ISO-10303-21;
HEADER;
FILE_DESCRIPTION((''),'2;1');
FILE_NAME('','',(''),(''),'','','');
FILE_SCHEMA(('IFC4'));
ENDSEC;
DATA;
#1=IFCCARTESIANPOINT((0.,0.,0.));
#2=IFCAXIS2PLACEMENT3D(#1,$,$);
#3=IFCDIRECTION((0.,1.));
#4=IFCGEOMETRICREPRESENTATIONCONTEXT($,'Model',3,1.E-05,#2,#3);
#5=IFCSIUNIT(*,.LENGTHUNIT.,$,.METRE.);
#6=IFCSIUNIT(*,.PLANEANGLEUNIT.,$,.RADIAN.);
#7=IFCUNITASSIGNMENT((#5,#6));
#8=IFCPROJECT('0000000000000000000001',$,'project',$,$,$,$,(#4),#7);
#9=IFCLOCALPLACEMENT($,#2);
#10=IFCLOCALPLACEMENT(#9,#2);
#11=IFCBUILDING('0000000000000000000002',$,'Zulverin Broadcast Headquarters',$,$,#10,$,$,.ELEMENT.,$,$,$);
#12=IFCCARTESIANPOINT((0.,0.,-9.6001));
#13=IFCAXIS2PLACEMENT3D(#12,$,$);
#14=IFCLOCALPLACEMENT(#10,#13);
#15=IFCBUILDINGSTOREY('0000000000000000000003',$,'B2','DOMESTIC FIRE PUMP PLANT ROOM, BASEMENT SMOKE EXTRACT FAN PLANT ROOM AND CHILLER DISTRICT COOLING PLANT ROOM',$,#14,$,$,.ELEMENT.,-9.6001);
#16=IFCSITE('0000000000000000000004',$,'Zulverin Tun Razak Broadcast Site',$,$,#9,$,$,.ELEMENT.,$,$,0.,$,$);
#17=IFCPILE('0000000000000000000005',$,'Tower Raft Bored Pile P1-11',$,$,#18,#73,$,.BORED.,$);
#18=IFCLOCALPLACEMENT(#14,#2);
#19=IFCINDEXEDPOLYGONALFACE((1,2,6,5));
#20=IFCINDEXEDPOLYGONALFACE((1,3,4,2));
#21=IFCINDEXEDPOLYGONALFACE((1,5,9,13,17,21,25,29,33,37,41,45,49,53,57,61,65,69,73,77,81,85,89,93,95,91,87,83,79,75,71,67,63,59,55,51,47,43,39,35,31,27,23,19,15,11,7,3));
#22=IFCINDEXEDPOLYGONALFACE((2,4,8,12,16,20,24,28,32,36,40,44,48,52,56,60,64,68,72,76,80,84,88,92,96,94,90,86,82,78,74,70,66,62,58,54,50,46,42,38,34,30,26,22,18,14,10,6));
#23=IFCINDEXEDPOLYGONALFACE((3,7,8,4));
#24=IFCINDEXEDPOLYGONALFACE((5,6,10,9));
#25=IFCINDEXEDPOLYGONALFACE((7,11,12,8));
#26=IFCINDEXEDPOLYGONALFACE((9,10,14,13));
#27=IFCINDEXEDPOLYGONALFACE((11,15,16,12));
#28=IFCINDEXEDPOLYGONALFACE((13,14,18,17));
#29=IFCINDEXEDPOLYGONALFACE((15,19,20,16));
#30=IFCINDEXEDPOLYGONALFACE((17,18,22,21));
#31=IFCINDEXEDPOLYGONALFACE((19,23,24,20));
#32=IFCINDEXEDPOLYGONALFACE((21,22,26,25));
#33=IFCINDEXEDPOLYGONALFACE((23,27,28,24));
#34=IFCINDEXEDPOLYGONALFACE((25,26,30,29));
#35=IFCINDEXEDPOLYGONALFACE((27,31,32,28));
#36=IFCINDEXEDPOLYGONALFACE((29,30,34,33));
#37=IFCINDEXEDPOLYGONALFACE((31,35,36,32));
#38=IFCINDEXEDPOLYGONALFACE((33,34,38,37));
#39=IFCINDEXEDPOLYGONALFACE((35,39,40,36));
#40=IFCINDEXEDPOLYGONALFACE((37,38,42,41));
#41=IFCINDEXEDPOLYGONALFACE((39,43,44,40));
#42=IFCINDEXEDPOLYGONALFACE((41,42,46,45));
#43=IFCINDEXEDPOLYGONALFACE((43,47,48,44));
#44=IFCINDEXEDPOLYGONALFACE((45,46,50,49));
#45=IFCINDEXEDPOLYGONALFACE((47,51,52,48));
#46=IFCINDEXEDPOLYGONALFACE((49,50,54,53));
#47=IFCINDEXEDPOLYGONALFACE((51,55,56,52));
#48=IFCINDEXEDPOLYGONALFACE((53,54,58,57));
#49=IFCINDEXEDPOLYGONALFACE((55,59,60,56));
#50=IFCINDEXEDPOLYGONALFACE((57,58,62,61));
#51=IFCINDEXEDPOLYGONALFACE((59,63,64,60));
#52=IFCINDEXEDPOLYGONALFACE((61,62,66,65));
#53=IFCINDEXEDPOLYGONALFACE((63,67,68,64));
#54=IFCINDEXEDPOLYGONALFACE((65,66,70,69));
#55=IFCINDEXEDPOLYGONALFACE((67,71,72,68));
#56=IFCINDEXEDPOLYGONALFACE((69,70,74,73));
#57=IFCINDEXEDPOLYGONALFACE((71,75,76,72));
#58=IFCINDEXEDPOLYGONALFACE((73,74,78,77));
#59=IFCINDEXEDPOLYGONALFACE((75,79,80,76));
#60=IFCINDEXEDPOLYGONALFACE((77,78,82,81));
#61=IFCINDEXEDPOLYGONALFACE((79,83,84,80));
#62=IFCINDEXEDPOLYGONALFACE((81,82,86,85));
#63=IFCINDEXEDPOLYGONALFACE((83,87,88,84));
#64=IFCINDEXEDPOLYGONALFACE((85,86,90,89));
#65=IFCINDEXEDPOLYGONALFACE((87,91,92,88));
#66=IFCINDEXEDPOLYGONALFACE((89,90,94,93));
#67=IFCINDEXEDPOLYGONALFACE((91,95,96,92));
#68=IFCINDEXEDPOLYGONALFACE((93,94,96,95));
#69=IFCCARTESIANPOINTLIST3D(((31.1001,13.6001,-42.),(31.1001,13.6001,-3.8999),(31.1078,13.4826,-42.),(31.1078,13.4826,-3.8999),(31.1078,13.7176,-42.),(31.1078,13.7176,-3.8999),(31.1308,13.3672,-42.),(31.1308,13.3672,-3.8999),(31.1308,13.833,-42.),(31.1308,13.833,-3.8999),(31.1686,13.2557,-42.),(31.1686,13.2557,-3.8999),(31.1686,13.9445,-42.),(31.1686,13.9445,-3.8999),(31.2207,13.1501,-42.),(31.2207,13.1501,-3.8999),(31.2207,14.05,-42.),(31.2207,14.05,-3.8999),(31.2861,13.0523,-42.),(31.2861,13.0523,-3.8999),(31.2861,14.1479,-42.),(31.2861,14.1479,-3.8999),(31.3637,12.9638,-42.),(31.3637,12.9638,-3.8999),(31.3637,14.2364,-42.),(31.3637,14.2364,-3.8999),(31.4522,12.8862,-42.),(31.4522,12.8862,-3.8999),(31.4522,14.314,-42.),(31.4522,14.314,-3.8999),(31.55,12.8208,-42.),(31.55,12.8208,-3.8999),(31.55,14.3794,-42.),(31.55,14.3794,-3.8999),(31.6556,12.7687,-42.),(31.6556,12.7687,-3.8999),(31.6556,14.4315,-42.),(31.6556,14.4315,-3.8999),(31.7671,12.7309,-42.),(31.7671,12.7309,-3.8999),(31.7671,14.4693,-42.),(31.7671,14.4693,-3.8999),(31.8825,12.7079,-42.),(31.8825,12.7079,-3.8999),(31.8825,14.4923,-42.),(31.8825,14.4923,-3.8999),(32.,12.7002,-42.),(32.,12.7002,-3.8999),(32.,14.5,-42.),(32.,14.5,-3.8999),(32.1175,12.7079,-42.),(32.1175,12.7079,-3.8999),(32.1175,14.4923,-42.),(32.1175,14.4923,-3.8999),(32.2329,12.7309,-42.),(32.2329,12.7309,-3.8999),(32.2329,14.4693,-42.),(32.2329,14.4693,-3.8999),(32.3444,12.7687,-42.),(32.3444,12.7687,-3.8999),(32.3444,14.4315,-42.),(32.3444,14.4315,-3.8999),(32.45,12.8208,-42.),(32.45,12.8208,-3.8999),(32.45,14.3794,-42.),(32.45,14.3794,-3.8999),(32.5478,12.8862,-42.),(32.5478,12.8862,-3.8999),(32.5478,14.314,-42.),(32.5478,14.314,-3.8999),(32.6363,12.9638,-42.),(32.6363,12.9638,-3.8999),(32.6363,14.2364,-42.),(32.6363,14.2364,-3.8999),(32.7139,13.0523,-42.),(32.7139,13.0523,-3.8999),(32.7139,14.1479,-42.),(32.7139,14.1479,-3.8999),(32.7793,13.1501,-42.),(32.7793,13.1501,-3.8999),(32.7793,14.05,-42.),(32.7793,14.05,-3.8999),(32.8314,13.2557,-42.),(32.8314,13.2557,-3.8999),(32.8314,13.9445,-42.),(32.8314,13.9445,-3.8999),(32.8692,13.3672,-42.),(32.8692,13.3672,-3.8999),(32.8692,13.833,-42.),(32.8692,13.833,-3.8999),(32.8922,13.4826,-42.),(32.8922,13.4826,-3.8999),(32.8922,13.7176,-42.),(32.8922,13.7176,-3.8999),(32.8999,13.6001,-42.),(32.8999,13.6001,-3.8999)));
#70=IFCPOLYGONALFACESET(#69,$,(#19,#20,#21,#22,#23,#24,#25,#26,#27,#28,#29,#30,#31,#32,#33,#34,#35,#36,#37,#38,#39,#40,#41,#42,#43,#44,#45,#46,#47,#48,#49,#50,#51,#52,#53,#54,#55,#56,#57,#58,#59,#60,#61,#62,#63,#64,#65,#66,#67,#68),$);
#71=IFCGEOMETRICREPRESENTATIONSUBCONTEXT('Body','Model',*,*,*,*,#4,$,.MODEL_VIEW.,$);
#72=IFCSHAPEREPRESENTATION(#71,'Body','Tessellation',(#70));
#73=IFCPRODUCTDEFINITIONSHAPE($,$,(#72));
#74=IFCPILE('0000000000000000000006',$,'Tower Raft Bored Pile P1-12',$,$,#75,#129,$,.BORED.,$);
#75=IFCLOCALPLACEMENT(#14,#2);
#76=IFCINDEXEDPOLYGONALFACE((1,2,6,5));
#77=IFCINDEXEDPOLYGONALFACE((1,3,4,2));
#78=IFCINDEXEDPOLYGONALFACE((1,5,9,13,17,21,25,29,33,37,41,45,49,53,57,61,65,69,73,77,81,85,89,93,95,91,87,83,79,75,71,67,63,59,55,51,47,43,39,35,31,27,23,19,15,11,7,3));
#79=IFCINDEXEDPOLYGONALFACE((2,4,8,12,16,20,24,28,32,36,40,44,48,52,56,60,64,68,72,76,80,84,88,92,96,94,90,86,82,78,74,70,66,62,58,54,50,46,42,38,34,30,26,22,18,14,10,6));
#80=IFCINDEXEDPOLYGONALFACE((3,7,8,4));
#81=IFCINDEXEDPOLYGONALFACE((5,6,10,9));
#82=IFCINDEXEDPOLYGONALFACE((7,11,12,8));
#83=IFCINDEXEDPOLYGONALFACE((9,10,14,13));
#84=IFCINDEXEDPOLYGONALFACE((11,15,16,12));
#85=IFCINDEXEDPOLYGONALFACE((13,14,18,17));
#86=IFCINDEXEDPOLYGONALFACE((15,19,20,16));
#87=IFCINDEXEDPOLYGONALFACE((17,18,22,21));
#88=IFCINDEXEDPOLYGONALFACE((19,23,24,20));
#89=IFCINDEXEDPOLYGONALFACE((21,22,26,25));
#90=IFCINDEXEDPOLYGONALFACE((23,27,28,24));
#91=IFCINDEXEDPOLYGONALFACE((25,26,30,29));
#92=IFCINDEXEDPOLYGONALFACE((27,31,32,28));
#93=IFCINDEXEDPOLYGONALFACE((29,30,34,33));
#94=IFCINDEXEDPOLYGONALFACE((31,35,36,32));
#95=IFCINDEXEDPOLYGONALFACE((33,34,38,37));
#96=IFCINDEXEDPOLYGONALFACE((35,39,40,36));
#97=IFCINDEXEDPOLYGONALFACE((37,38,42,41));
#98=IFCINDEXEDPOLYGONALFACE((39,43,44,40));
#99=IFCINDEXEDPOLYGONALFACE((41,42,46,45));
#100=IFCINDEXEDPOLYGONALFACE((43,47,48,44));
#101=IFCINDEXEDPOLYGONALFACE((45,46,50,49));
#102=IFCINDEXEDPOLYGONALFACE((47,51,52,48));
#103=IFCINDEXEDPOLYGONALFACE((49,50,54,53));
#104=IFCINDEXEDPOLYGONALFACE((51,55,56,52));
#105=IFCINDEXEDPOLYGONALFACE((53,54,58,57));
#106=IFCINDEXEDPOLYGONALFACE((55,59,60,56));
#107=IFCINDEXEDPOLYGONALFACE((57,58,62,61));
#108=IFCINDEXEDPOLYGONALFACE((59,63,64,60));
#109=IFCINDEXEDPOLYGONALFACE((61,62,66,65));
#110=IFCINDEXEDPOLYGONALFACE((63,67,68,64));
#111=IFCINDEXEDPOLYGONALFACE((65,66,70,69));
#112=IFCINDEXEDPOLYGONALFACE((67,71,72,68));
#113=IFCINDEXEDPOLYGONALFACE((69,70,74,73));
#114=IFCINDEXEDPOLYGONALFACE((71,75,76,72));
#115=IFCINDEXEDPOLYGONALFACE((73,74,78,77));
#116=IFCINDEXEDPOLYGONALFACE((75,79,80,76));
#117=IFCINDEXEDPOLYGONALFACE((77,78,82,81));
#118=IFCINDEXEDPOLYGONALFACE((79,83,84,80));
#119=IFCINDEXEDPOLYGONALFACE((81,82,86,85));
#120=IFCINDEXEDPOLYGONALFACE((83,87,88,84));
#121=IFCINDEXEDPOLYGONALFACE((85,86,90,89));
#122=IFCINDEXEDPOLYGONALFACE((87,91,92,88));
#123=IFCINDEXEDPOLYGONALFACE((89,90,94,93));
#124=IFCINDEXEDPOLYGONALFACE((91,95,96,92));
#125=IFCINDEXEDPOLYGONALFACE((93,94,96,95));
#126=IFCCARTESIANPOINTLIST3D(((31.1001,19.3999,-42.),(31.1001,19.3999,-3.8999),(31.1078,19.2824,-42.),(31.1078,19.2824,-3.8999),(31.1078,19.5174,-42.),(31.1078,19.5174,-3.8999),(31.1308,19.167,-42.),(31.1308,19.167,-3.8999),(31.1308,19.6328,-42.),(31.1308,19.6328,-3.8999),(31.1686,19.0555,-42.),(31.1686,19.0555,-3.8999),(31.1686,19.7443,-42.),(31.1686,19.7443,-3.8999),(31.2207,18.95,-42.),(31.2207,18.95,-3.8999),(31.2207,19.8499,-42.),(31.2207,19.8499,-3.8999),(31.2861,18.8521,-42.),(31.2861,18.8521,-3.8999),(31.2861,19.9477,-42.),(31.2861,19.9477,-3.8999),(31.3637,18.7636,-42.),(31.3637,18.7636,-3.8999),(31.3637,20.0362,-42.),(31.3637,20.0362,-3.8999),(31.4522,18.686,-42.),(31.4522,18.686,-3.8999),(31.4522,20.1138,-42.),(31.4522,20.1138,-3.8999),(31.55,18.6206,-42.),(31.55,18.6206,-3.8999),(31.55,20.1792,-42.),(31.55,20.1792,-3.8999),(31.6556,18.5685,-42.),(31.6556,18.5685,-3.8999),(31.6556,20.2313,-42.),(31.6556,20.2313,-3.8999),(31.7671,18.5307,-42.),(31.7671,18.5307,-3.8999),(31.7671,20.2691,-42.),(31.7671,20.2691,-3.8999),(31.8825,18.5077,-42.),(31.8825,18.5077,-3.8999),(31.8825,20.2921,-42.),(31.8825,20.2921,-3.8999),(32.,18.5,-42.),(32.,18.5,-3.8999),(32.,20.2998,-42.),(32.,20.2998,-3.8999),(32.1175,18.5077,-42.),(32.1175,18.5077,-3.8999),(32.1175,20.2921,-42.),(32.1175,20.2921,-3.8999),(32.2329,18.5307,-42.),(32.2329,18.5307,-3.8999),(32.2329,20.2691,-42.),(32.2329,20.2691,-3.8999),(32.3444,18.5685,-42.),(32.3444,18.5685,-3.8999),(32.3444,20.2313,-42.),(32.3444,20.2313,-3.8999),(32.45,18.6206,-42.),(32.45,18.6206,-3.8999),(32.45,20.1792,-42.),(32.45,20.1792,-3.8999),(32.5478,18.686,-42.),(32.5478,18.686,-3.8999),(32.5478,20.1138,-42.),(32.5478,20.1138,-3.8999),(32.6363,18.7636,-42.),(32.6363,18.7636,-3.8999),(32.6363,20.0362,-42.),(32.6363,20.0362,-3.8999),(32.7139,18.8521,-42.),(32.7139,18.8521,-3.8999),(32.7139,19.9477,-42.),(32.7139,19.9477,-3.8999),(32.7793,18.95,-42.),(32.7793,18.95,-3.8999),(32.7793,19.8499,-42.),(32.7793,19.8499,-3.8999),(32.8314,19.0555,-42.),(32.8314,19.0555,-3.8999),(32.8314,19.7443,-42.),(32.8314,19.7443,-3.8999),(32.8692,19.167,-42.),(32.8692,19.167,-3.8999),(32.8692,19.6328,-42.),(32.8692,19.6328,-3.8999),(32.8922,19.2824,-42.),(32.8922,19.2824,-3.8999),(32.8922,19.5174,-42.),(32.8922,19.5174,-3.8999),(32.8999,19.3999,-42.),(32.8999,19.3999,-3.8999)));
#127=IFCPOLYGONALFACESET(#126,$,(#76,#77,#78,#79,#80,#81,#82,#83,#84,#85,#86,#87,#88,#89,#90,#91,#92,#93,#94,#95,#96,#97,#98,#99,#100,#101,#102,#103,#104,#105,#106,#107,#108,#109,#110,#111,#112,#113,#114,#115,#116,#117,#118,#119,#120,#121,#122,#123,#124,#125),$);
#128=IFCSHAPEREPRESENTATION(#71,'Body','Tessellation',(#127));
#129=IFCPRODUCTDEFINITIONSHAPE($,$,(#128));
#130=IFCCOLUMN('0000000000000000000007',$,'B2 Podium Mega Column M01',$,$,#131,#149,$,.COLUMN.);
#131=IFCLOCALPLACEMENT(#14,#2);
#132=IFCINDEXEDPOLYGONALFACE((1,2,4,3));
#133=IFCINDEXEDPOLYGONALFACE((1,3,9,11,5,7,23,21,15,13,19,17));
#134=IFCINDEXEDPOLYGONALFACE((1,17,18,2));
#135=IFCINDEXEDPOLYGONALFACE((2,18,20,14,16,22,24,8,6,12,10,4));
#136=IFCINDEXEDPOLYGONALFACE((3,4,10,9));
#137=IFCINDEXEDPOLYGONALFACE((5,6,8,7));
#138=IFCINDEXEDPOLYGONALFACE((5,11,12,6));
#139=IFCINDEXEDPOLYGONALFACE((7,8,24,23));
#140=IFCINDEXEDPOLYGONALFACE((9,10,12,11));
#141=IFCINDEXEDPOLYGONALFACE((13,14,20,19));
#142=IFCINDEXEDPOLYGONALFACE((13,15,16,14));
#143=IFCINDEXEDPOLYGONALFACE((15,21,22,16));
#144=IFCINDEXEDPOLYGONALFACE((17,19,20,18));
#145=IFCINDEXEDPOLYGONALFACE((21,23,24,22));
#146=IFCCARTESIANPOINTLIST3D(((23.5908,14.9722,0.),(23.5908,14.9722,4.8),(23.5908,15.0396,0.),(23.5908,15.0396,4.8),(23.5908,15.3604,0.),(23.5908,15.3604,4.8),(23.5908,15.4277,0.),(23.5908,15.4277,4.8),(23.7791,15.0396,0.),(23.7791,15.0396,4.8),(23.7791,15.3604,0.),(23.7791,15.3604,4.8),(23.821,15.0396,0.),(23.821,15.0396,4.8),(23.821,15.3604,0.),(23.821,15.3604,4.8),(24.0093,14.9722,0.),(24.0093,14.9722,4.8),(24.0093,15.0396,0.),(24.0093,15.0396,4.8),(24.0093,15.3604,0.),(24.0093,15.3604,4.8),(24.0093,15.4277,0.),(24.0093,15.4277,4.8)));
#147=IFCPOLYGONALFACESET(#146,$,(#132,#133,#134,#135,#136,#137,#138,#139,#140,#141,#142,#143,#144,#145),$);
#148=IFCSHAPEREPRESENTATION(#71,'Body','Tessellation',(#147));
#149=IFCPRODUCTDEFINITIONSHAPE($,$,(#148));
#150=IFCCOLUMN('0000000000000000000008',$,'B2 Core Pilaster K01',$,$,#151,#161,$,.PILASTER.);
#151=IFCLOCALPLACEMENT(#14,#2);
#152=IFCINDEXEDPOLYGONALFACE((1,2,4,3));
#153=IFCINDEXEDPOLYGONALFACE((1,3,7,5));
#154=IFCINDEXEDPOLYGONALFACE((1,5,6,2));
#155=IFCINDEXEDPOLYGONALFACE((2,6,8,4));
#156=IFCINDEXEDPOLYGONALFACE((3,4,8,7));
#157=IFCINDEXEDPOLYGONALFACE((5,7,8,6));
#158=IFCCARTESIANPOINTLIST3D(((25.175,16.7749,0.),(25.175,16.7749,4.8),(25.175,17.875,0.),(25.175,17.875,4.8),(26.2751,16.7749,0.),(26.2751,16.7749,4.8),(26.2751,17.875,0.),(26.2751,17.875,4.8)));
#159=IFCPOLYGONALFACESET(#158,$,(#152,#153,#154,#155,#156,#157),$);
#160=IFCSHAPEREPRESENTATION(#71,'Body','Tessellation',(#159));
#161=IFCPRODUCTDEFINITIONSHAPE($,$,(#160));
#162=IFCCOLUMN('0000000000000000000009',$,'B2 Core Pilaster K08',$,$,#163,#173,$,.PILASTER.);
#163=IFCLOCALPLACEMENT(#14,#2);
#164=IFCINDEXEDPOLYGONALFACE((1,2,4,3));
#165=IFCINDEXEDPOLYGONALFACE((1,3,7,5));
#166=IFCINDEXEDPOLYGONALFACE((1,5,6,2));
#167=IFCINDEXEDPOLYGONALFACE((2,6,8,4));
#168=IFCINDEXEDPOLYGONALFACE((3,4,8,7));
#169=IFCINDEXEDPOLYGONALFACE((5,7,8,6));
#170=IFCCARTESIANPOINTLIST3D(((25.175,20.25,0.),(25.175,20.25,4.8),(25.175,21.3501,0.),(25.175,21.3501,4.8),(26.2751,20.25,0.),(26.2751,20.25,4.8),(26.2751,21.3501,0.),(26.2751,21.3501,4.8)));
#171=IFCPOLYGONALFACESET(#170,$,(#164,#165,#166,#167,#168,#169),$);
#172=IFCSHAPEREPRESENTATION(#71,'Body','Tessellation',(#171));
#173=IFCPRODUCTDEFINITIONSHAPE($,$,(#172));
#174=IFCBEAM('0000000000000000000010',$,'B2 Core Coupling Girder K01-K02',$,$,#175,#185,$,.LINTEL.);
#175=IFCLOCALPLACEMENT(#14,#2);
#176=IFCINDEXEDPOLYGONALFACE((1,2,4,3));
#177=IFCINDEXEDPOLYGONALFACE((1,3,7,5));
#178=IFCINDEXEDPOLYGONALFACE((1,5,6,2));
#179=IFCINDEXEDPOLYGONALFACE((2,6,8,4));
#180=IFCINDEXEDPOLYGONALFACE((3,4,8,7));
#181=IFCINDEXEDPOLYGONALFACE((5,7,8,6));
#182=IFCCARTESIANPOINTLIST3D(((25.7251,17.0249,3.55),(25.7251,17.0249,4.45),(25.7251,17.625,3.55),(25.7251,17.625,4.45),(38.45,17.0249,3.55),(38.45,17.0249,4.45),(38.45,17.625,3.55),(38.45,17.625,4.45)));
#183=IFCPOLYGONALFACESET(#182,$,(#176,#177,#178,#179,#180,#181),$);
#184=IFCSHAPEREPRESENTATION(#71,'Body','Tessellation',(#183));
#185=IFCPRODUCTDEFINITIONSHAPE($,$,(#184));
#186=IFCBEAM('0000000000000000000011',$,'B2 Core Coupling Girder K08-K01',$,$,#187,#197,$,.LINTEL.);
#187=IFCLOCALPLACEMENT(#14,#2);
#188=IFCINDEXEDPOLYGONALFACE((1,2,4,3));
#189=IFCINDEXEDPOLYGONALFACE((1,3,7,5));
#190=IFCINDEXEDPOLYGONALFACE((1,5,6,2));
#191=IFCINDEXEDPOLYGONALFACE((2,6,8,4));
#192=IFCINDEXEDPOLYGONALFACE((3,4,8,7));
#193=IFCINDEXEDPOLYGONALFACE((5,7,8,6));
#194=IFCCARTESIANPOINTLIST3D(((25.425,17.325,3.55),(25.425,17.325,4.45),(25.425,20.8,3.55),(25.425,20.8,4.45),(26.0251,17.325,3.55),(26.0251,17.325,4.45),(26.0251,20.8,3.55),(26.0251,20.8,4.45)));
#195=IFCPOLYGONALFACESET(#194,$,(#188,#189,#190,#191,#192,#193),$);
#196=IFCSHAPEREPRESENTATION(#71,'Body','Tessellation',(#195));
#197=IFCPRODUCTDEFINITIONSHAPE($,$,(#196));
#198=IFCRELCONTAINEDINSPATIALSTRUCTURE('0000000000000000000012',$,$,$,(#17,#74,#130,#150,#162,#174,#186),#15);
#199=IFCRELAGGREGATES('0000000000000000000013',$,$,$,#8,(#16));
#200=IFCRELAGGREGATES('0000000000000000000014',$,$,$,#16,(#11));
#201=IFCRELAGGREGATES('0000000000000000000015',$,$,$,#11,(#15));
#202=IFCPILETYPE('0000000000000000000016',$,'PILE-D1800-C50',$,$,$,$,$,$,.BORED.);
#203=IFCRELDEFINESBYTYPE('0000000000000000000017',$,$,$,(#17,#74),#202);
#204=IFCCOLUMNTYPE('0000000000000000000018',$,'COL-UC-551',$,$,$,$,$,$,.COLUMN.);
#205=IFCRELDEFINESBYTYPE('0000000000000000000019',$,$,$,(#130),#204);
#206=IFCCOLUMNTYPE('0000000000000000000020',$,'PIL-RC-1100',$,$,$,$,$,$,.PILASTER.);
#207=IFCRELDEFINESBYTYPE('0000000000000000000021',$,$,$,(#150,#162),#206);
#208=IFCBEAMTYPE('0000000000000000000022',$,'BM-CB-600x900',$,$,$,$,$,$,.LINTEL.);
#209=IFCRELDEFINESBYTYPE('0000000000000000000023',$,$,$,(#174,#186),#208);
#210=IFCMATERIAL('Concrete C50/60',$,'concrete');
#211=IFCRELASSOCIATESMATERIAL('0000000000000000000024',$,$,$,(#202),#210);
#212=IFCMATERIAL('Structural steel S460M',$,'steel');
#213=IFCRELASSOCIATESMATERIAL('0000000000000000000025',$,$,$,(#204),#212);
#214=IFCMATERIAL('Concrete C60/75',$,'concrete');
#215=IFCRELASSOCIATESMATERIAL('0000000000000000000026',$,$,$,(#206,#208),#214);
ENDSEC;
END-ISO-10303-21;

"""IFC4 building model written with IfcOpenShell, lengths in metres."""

from ifc_helpers import new_model, si_unit, direction, frame, origin, origin_2d, place, context, subcontext, project, spatial, rectangle, circle, i_section, extrude, material, material_profile, profile_set, type_object, element, save


model = new_model("IFC4")

# Units and contexts
model_context = context("Model", 3, precision=1e-05, world=origin(), true_north=direction((0.0, 1.0)))
body_context = subcontext(model_context, "Body", "Model", "MODEL_VIEW")
ifc_project = project(units=[si_unit("LENGTHUNIT", "METRE"), si_unit("PLANEANGLEUNIT", "RADIAN")], contexts=[model_context])

# Site, building, storey
site_placement = place(None, origin())
site = spatial("IfcSite", under=ifc_project, at=site_placement, Name="Zulverin Tun Razak Broadcast Site", CompositionType="ELEMENT", RefElevation=0.0)
building_placement = place(site_placement, origin())
building = spatial("IfcBuilding", under=site, at=building_placement, Name="Zulverin Broadcast Headquarters", CompositionType="ELEMENT")
storey_placement = place(building_placement, frame((0.0, 0.0, -9.6001)))
storey = spatial("IfcBuildingStorey", under=building, at=storey_placement, Name="B2", Description="DOMESTIC FIRE PUMP PLANT ROOM, BASEMENT SMOKE EXTRACT FAN PLANT ROOM AND CHILLER DISTRICT COOLING PLANT ROOM", CompositionType="ELEMENT", Elevation=-9.6001)

# Shared definitions
ifc_material_1 = material(Name="Concrete C50/60", Category="concrete")

# Piles
ifc_material_profile_1 = material_profile(ifc_material_1, circle(Radius=0.8999, at=origin_2d()), Name="Concrete C50/60", Category="concrete")
ifc_profile_set_1 = profile_set([ifc_material_profile_1], Name="Concrete C50/60")
pile_type_1 = type_object("IfcPileType", Name="PILE-D1800-C50", PredefinedType="BORED", material=ifc_profile_set_1)
for number, where, z_axis, x_axis, name in (
    (1, (32.0, 13.6001, -3.8999), (0.0, 0.0, -1.0), (1.0, 0.0, 0.0), "Tower Raft Bored Pile P1-11"),
    (2, (32.0, 19.3999, -3.8999), (0.0, 0.0, -1.0), (1.0, 0.0, 0.0), "Tower Raft Bored Pile P1-12"),
):
    element("IfcPile", number, at=place(storey_placement, frame(where, z_axis=z_axis, x_axis=x_axis)), inside=storey, type_object=pile_type_1, Name=name, PredefinedType="BORED", context=body_context, shape_type="SweptSolid", body=[
        extrude(circle(Radius=0.8999, at=origin_2d()), origin(), (0.0, 0.0, 1.0), 38.1001),
    ])

# Columns
ifc_material_2 = material(Name="Structural steel S460M", Category="steel")
ifc_material_profile_2 = material_profile(ifc_material_2, i_section(OverallWidth=0.4185, OverallDepth=0.4556, WebThickness=0.042, FlangeThickness=0.0674, at=origin_2d()), Name="Structural steel S460M", Category="steel")
ifc_profile_set_2 = profile_set([ifc_material_profile_2], Name="Structural steel S460M")
column_type_1 = type_object("IfcColumnType", Name="COL-UC-551", PredefinedType="COLUMN", material=ifc_profile_set_2)
column_placement = place(storey_placement, frame((23.8, 15.2, 0.0), z_axis=(0.0, 0.0, 1.0), x_axis=(1.0, 0.0, 0.0)))
element("IfcColumn", 3, at=column_placement, inside=storey, type_object=column_type_1, Name="B2 Podium Mega Column M01", PredefinedType="COLUMN", context=body_context, shape_type="SweptSolid", body=[
    extrude(i_section(OverallWidth=0.4185, OverallDepth=0.4556, WebThickness=0.042, FlangeThickness=0.0674, at=origin_2d()), origin(), (0.0, 0.0, 1.0), 4.8),
])
ifc_material_3 = material(Name="Concrete C60/75", Category="concrete")
ifc_material_profile_3 = material_profile(ifc_material_3, rectangle(XDim=1.1001, YDim=1.1001, at=origin_2d()), Name="Concrete C60/75", Category="concrete")
ifc_profile_set_3 = profile_set([ifc_material_profile_3], Name="Concrete C60/75")
column_type_2 = type_object("IfcColumnType", Name="PIL-RC-1100", PredefinedType="PILASTER", material=ifc_profile_set_3)
for number, where, z_axis, x_axis, name in (
    (4, (25.7251, 17.325, 0.0), (0.0, 0.0, 1.0), (1.0, 0.0, 0.0), "B2 Core Pilaster K01"),
    (5, (25.7251, 20.8, 0.0), (0.0, 0.0, 1.0), (1.0, 0.0, 0.0), "B2 Core Pilaster K08"),
):
    element("IfcColumn", number, at=place(storey_placement, frame(where, z_axis=z_axis, x_axis=x_axis)), inside=storey, type_object=column_type_2, Name=name, PredefinedType="PILASTER", context=body_context, shape_type="SweptSolid", body=[
        extrude(rectangle(XDim=1.1001, YDim=1.1001, at=origin_2d()), origin(), (0.0, 0.0, 1.0), 4.8),
    ])

# Beams
ifc_material_profile_4 = material_profile(ifc_material_3, rectangle(XDim=0.6001, YDim=0.8999, at=origin_2d()), Name="Concrete C60/75", Category="concrete")
ifc_profile_set_4 = profile_set([ifc_material_profile_4], Name="Concrete C60/75")
beam_type_1 = type_object("IfcBeamType", Name="BM-CB-600x900", PredefinedType="LINTEL", material=ifc_profile_set_4)
beam_1_placement = place(storey_placement, frame((25.7251, 17.325, 4.0), z_axis=(1.0, 0.0, 0.0), x_axis=(0.0, 1.0, 0.0)))
element("IfcBeam", 6, at=beam_1_placement, inside=storey, type_object=beam_type_1, Name="B2 Core Coupling Girder K01-K02", PredefinedType="LINTEL", context=body_context, shape_type="SweptSolid", body=[
    extrude(rectangle(XDim=0.6001, YDim=0.8999, at=origin_2d()), origin(), (0.0, 0.0, 1.0), 12.7249),
])
beam_2_placement = place(storey_placement, frame((25.7251, 20.8, 4.0), z_axis=(0.0, -1.0, 0.0), x_axis=(1.0, 0.0, 0.0)))
element("IfcBeam", 7, at=beam_2_placement, inside=storey, type_object=beam_type_1, Name="B2 Core Coupling Girder K08-K01", PredefinedType="LINTEL", context=body_context, shape_type="SweptSolid", body=[
    extrude(rectangle(XDim=0.6001, YDim=0.8999, at=origin_2d()), origin(), (0.0, 0.0, 1.0), 3.4751),
])

save(model, "model.ifc")
